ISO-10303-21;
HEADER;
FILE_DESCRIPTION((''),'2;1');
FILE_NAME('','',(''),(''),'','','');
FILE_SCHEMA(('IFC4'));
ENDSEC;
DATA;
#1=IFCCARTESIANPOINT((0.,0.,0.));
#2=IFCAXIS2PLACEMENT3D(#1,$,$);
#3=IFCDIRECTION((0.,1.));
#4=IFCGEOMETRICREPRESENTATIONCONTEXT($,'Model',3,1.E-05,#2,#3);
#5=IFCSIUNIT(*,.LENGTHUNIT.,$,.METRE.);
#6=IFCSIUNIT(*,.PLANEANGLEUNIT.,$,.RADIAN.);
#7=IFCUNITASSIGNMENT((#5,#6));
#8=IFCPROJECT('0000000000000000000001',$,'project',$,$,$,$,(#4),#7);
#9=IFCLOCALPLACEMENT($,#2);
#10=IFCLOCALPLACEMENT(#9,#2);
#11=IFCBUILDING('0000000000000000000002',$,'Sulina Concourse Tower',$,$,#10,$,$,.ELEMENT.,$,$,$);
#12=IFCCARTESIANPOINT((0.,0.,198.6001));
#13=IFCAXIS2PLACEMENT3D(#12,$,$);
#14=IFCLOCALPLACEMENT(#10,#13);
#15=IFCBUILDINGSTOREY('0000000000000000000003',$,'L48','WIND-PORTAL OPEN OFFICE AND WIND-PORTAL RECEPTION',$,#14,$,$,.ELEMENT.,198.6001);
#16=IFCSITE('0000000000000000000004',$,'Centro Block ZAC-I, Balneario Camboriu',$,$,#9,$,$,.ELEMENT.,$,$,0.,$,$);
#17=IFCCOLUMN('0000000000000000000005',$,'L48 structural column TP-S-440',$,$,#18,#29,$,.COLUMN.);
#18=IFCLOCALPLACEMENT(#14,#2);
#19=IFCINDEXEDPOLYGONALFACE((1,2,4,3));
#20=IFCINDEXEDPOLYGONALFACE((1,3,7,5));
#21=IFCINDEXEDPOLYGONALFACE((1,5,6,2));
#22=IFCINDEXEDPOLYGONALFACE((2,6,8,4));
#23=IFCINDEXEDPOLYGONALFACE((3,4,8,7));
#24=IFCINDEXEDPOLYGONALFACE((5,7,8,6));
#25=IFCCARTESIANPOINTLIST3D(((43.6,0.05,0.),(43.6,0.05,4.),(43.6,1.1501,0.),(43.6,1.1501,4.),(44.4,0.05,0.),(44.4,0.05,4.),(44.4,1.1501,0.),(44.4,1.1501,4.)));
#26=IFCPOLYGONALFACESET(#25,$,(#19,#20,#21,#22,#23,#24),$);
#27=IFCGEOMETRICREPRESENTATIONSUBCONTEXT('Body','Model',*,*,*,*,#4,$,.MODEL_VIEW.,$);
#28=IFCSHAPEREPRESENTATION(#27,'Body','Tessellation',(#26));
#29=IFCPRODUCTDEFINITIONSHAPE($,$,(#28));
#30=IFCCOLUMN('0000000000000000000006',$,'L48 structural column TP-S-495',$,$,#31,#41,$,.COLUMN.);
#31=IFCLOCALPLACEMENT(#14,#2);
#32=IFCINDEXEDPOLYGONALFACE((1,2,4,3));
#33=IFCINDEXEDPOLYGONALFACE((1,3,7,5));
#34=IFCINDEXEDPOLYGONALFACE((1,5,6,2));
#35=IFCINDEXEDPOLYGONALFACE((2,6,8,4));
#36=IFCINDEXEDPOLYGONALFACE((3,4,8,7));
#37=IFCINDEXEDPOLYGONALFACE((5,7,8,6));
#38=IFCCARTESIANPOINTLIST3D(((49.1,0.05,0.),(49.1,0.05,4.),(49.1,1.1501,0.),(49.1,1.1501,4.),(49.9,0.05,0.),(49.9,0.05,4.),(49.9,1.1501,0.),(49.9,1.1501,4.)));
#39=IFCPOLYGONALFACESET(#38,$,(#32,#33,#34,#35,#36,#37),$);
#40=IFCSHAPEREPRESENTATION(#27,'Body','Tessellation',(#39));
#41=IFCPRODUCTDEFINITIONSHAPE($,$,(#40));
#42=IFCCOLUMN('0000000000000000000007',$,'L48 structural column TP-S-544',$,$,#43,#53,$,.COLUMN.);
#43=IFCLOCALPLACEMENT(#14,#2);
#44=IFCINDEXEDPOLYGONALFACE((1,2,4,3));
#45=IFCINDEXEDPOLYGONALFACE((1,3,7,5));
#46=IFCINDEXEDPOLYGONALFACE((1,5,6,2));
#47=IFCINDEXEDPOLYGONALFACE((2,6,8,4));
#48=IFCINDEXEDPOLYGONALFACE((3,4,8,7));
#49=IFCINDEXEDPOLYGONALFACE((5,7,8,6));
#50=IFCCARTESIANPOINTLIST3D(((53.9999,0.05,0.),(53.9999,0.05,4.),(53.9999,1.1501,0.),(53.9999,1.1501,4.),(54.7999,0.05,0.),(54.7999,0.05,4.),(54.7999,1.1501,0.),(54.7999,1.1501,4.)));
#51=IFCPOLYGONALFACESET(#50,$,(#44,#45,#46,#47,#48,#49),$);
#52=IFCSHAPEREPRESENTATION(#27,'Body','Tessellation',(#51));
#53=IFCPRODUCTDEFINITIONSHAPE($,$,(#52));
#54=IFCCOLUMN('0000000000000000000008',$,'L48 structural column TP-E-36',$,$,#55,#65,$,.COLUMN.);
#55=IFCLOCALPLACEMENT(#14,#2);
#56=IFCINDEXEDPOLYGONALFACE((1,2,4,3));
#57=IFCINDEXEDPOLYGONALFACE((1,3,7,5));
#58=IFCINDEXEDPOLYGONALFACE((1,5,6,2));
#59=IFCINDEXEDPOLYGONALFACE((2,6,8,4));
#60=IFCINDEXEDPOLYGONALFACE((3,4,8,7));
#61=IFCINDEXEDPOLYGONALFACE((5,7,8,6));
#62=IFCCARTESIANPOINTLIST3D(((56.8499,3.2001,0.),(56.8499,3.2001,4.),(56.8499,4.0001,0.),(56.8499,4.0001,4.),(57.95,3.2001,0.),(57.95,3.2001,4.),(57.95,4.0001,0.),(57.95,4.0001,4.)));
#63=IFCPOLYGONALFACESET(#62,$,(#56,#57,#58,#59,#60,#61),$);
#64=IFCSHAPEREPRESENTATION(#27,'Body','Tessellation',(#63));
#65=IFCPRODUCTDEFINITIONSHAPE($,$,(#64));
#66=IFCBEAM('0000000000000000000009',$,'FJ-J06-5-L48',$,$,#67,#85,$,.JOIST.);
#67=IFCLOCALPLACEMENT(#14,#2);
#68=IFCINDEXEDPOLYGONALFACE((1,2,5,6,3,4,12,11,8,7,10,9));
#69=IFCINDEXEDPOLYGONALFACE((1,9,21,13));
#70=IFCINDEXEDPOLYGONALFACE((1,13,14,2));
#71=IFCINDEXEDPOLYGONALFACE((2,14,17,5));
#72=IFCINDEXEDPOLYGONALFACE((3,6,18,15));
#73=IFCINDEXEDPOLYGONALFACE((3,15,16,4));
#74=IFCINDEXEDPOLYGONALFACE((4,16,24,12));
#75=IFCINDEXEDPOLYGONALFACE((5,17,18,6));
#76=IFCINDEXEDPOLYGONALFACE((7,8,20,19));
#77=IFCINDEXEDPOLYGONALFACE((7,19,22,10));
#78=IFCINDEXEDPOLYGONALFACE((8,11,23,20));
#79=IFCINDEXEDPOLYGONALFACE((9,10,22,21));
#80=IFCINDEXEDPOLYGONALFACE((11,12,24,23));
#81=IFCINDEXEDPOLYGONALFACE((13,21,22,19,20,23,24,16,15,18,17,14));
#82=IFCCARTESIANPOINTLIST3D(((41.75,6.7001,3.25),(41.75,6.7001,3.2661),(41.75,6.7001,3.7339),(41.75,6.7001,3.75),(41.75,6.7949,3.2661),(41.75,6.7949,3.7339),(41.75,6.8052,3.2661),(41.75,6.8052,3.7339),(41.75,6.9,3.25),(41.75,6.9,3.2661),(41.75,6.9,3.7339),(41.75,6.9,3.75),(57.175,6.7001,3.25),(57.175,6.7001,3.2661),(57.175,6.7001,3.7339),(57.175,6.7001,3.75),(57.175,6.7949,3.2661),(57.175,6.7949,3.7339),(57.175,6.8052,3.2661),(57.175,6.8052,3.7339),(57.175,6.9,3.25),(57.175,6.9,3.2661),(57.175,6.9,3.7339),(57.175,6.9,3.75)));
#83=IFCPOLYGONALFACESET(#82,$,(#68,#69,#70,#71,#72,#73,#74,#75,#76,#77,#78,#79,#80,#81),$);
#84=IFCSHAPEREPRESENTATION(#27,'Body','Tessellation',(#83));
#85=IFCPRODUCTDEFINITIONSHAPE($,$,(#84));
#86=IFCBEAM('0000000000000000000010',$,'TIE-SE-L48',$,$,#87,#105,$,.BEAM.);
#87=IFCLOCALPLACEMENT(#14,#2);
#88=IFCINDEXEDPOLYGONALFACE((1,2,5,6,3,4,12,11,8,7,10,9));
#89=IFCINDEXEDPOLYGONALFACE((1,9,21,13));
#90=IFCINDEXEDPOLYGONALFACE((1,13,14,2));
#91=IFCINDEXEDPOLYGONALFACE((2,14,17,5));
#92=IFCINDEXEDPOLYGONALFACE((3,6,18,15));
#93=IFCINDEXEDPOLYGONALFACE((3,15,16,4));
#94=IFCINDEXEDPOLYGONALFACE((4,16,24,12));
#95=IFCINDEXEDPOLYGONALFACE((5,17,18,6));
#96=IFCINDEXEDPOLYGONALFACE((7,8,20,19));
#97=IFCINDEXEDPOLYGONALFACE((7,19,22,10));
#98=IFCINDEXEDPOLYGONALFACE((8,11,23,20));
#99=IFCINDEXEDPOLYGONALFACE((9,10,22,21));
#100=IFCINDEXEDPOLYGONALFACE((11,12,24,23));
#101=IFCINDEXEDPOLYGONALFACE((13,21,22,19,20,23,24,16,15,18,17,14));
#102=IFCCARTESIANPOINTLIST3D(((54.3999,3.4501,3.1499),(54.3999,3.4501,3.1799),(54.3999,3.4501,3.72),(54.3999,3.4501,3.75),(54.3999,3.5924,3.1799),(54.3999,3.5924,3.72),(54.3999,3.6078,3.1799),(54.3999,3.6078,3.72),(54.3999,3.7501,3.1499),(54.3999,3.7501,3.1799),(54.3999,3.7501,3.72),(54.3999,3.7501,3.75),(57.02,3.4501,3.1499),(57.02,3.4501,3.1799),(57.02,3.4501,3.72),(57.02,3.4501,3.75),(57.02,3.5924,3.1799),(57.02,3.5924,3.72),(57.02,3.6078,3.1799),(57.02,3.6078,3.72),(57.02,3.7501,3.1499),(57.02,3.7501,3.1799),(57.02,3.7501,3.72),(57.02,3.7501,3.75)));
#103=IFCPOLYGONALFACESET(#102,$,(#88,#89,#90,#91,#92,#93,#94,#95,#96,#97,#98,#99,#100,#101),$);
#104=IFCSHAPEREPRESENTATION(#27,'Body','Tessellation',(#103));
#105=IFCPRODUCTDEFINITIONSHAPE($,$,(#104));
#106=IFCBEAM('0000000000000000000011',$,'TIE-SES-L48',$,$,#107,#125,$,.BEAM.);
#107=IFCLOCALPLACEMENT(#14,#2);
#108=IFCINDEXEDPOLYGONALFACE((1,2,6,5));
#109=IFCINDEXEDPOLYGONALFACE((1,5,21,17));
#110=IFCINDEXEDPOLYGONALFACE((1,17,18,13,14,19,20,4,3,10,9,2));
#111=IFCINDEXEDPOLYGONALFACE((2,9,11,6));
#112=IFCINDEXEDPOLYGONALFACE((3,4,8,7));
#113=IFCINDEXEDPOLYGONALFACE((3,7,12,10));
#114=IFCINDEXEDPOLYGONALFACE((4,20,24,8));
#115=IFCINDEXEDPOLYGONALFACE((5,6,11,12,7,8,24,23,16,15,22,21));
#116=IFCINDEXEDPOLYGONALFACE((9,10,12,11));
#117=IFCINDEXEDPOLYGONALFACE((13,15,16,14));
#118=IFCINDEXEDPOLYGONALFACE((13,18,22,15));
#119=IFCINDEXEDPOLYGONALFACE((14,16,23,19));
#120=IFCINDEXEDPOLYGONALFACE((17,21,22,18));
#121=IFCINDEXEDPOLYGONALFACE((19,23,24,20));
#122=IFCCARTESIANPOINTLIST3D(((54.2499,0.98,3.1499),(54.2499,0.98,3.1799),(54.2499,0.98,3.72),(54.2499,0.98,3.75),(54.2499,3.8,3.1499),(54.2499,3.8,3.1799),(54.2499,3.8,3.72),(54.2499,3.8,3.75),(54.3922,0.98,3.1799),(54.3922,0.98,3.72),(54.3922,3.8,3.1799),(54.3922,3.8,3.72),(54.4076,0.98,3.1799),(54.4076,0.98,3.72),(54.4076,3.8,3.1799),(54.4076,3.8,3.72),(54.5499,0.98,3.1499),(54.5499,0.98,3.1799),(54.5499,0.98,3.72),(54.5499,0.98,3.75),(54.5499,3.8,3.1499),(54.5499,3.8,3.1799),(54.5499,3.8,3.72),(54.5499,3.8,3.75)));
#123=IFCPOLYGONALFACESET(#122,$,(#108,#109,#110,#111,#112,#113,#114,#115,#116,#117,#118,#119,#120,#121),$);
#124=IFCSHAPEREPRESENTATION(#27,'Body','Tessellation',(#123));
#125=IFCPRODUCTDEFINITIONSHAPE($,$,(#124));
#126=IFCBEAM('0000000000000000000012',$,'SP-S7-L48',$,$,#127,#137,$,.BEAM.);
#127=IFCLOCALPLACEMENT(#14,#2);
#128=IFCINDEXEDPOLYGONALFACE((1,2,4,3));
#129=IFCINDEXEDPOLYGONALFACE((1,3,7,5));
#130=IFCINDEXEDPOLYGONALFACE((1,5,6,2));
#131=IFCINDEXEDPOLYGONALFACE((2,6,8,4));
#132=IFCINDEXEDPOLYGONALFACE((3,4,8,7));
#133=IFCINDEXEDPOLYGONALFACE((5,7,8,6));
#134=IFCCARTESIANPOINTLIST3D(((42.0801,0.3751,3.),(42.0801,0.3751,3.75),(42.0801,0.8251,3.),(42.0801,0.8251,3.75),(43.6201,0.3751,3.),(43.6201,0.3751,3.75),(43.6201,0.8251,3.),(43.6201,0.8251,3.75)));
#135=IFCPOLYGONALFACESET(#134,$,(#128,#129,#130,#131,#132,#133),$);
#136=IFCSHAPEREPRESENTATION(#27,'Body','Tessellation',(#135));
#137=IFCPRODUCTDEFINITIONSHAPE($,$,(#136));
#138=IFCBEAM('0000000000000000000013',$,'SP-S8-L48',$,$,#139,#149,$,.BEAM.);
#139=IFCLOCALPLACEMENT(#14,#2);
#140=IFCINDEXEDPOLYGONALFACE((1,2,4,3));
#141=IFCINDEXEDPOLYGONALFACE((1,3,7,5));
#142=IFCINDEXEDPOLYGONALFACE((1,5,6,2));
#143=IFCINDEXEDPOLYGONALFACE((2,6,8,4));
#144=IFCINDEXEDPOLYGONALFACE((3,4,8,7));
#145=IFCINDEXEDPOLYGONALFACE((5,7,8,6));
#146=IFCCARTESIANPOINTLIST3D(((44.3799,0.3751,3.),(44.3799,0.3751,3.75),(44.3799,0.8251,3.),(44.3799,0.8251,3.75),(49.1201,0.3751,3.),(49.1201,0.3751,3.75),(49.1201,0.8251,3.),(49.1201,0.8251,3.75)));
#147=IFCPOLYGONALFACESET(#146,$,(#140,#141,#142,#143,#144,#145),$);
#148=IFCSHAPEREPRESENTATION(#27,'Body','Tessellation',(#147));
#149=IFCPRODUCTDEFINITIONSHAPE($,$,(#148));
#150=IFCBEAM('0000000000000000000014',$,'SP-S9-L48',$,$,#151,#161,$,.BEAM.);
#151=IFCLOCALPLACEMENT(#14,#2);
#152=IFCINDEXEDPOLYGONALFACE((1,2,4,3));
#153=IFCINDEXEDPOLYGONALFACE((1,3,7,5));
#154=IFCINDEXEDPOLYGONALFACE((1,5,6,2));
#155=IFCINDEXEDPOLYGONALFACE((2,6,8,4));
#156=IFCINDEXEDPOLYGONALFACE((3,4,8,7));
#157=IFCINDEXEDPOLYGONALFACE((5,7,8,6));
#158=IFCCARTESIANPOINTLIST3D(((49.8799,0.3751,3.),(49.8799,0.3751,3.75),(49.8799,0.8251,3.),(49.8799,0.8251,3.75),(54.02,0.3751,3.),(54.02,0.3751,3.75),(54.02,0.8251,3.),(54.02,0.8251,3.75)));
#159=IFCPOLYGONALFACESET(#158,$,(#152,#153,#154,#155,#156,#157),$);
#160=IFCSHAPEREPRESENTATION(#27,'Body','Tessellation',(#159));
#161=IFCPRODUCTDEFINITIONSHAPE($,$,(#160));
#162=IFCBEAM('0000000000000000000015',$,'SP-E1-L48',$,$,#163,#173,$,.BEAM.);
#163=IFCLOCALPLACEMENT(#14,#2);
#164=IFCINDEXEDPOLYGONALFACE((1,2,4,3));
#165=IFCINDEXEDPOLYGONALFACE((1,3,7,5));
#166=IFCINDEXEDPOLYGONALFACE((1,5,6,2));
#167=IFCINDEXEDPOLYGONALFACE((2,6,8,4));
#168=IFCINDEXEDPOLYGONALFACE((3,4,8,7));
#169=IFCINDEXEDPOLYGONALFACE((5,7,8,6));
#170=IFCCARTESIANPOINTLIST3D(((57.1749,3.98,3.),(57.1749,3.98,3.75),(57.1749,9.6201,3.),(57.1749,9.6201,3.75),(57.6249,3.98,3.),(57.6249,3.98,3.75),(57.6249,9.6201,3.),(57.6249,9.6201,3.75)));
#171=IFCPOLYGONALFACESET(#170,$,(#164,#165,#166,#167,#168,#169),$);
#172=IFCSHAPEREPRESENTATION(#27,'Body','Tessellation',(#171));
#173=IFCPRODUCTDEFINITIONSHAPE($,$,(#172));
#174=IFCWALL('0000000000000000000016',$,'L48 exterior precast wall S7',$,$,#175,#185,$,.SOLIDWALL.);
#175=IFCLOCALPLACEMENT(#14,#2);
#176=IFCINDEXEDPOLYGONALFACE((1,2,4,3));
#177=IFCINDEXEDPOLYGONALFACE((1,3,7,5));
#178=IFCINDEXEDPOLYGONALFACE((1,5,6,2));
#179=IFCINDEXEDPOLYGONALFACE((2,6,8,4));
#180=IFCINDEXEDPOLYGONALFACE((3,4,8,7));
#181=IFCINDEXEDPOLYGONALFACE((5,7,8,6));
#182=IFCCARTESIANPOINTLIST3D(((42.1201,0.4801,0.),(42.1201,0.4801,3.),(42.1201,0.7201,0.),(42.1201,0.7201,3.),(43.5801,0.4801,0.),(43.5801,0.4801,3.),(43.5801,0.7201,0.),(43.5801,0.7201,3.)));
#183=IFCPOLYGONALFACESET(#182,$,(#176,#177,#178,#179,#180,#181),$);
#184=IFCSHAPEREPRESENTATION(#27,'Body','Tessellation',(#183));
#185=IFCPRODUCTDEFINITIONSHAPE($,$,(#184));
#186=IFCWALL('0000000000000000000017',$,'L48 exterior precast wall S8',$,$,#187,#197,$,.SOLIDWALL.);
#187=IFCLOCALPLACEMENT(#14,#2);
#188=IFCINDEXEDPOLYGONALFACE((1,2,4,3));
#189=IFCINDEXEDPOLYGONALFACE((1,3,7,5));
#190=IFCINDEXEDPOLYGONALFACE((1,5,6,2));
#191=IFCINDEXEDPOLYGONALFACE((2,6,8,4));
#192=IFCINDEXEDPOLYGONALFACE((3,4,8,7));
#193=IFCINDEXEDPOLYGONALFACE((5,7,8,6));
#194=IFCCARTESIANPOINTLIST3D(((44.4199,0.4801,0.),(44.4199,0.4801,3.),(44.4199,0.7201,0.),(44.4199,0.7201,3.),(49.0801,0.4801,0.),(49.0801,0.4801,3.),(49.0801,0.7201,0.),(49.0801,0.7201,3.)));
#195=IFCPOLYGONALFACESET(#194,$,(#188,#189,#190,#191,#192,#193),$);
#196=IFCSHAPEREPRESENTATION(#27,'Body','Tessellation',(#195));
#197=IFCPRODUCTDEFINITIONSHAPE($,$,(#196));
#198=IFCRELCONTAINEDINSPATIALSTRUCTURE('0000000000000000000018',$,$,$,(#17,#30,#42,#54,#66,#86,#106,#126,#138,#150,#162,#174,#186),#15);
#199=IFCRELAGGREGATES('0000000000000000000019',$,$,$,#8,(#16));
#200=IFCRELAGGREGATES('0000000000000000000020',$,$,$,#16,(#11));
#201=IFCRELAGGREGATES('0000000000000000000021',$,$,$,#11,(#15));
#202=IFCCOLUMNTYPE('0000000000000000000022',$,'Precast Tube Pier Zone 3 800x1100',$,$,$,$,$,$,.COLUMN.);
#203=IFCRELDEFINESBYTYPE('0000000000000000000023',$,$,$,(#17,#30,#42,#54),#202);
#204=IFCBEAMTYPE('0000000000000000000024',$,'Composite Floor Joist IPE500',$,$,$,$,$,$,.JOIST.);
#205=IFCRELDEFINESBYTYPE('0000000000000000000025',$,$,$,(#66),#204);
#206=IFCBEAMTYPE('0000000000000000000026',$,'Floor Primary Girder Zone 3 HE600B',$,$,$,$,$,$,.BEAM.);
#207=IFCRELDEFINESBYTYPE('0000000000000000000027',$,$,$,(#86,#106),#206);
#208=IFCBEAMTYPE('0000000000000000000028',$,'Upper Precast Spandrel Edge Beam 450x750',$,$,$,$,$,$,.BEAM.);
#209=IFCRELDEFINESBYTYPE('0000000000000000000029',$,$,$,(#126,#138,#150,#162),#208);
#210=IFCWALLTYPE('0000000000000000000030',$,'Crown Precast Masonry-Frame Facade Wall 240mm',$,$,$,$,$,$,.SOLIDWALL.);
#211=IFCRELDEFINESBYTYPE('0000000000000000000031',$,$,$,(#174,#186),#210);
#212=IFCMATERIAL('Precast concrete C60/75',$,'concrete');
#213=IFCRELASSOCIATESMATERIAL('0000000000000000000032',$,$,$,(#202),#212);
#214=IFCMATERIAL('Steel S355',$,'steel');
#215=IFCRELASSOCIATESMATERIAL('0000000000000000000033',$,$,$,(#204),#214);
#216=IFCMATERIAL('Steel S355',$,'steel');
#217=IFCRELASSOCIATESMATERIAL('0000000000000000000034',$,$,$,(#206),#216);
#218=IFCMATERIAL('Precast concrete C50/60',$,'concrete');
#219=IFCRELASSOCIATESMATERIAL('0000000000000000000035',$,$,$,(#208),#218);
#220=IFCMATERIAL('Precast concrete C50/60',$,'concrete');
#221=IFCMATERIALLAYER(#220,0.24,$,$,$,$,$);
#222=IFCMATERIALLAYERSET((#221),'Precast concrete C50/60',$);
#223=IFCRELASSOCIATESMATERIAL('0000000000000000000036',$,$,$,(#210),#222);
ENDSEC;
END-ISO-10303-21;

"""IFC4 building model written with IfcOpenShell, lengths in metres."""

from ifc_helpers import new_model, si_unit, direction, frame, frame_2d, origin, origin_2d, place, context, subcontext, project, spatial, rectangle, i_section, extrude, material, layer, layer_set, material_profile, profile_set, type_object, element, save


model = new_model("IFC4")

# Units and contexts
model_context = context("Model", 3, precision=1e-05, world=origin(), true_north=direction((0.0, 1.0)))
body_context = subcontext(model_context, "Body", "Model", "MODEL_VIEW")
ifc_project = project(units=[si_unit("LENGTHUNIT", "METRE"), si_unit("PLANEANGLEUNIT", "RADIAN")], contexts=[model_context])

# Site, building, storey
site_placement = place(None, origin())
site = spatial("IfcSite", under=ifc_project, at=site_placement, Name="Centro Block ZAC-I, Balneario Camboriu", CompositionType="ELEMENT", RefElevation=0.0)
building_placement = place(site_placement, origin())
building = spatial("IfcBuilding", under=site, at=building_placement, Name="Sulina Concourse Tower", CompositionType="ELEMENT")
storey_placement = place(building_placement, frame((0.0, 0.0, 198.6001)))
storey = spatial("IfcBuildingStorey", under=building, at=storey_placement, Name="L48", Description="WIND-PORTAL OPEN OFFICE AND WIND-PORTAL RECEPTION", CompositionType="ELEMENT", Elevation=198.6001)

# Columns
ifc_material_1 = material(Name="Precast concrete C60/75", Category="concrete")
ifc_material_profile_1 = material_profile(ifc_material_1, rectangle(XDim=0.8, YDim=1.1001, at=origin_2d()), Name="PC 800x1100")
ifc_profile_set_1 = profile_set([ifc_material_profile_1], Name="Precast concrete C60/75")
column_type = type_object("IfcColumnType", Name="Precast Tube Pier Zone 3 800x1100", PredefinedType="COLUMN", material=ifc_profile_set_1)
for number, where, z_axis, x_axis, name in (
    (1, (44.0, 0.6001, 0.0), (0.0, 0.0, 1.0), (1.0, 0.0, 0.0), "L48 structural column TP-S-440"),
    (2, (49.5, 0.6001, 0.0), (0.0, 0.0, 1.0), (1.0, 0.0, 0.0), "L48 structural column TP-S-495"),
    (3, (54.3999, 0.6001, 0.0), (0.0, 0.0, 1.0), (1.0, 0.0, 0.0), "L48 structural column TP-S-544"),
    (4, (57.3999, 3.6001, 0.0), (0.0, 0.0, 1.0), (0.0, 1.0, 0.0), "L48 structural column TP-E-36"),
):
    element("IfcColumn", number, at=place(storey_placement, frame(where, z_axis=z_axis, x_axis=x_axis)), inside=storey, type_object=column_type, Name=name, PredefinedType="COLUMN", context=body_context, shape_type="SweptSolid", body=[
        extrude(rectangle(XDim=0.8, YDim=1.1001, at=origin_2d()), origin(), (0.0, 0.0, 1.0), 4.0),
    ])

# Beams
ifc_material_2 = material(Name="Steel S355", Category="steel")
ifc_material_profile_2 = material_profile(ifc_material_2, i_section(OverallWidth=0.2, OverallDepth=0.5, WebThickness=0.0103, FlangeThickness=0.0161, at=origin_2d()), Name="IPE 500")
ifc_profile_set_2 = profile_set([ifc_material_profile_2], Name="Steel S355")
beam_type_1 = type_object("IfcBeamType", Name="Composite Floor Joist IPE500", PredefinedType="JOIST", material=ifc_profile_set_2)
beam_1_placement = place(storey_placement, frame((41.75, 6.8, 3.5), z_axis=(1.0, 0.0, 0.0), x_axis=(0.0, 1.0, 0.0)))
element("IfcBeam", 5, at=beam_1_placement, inside=storey, type_object=beam_type_1, Name="FJ-J06-5-L48", PredefinedType="JOIST", context=body_context, shape_type="SweptSolid", body=[
    extrude(i_section(OverallWidth=0.2, OverallDepth=0.5, WebThickness=0.0103, FlangeThickness=0.0161, at=origin_2d()), origin(), (0.0, 0.0, 1.0), 15.425),
])
ifc_material_3 = material(Name="Steel S355", Category="steel")
ifc_material_profile_3 = material_profile(ifc_material_3, i_section(OverallWidth=0.3, OverallDepth=0.6001, WebThickness=0.0154, FlangeThickness=0.03, at=origin_2d()), Name="HE 600 B")
ifc_profile_set_3 = profile_set([ifc_material_profile_3], Name="Steel S355")
beam_type_2 = type_object("IfcBeamType", Name="Floor Primary Girder Zone 3 HE600B", PredefinedType="BEAM", material=ifc_profile_set_3)
beam_2_placement = place(storey_placement, frame((54.3999, 3.6001, 3.45), z_axis=(1.0, 0.0, 0.0), x_axis=(0.0, 1.0, 0.0)))
element("IfcBeam", 6, at=beam_2_placement, inside=storey, type_object=beam_type_2, Name="TIE-SE-L48", PredefinedType="BEAM", context=body_context, shape_type="SweptSolid", body=[
    extrude(i_section(OverallWidth=0.3, OverallDepth=0.6001, WebThickness=0.0154, FlangeThickness=0.03, at=origin_2d()), origin(), (0.0, 0.0, 1.0), 2.6201),
])
beam_3_placement = place(storey_placement, frame((54.3999, 0.98, 3.45), z_axis=(0.0, 1.0, 0.0), x_axis=(-1.0, 0.0, 0.0)))
element("IfcBeam", 7, at=beam_3_placement, inside=storey, type_object=beam_type_2, Name="TIE-SES-L48", PredefinedType="BEAM", context=body_context, shape_type="SweptSolid", body=[
    extrude(i_section(OverallWidth=0.3, OverallDepth=0.6001, WebThickness=0.0154, FlangeThickness=0.03, at=origin_2d()), origin(), (0.0, 0.0, 1.0), 2.8201),
])
ifc_material_4 = material(Name="Precast concrete C50/60", Category="concrete")
ifc_material_profile_4 = material_profile(ifc_material_4, rectangle(XDim=0.45, YDim=0.75, at=origin_2d()), Name="RC 450x750")
ifc_profile_set_4 = profile_set([ifc_material_profile_4], Name="Precast concrete C50/60")
beam_type_3 = type_object("IfcBeamType", Name="Upper Precast Spandrel Edge Beam 450x750", PredefinedType="BEAM", material=ifc_profile_set_4)
beam_4_placement = place(storey_placement, frame((42.0801, 0.6001, 3.375), z_axis=(1.0, 0.0, 0.0), x_axis=(0.0, 1.0, 0.0)))
element("IfcBeam", 8, at=beam_4_placement, inside=storey, type_object=beam_type_3, Name="SP-S7-L48", PredefinedType="BEAM", context=body_context, shape_type="SweptSolid", body=[
    extrude(rectangle(XDim=0.45, YDim=0.75, at=origin_2d()), origin(), (0.0, 0.0, 1.0), 1.54),
])
beam_5_placement = place(storey_placement, frame((44.3799, 0.6001, 3.375), z_axis=(1.0, 0.0, 0.0), x_axis=(0.0, 1.0, 0.0)))
element("IfcBeam", 9, at=beam_5_placement, inside=storey, type_object=beam_type_3, Name="SP-S8-L48", PredefinedType="BEAM", context=body_context, shape_type="SweptSolid", body=[
    extrude(rectangle(XDim=0.45, YDim=0.75, at=origin_2d()), origin(), (0.0, 0.0, 1.0), 4.7402),
])
beam_6_placement = place(storey_placement, frame((49.8799, 0.6001, 3.375), z_axis=(1.0, 0.0, 0.0), x_axis=(0.0, 1.0, 0.0)))
element("IfcBeam", 10, at=beam_6_placement, inside=storey, type_object=beam_type_3, Name="SP-S9-L48", PredefinedType="BEAM", context=body_context, shape_type="SweptSolid", body=[
    extrude(rectangle(XDim=0.45, YDim=0.75, at=origin_2d()), origin(), (0.0, 0.0, 1.0), 4.1401),
])
beam_7_placement = place(storey_placement, frame((57.3999, 3.98, 3.375), z_axis=(0.0, 1.0, 0.0), x_axis=(-1.0, 0.0, 0.0)))
element("IfcBeam", 11, at=beam_7_placement, inside=storey, type_object=beam_type_3, Name="SP-E1-L48", PredefinedType="BEAM", context=body_context, shape_type="SweptSolid", body=[
    extrude(rectangle(XDim=0.45, YDim=0.75, at=origin_2d()), origin(), (0.0, 0.0, 1.0), 5.6401),
])

# Walls
ifc_material_5 = material(Name="Precast concrete C50/60", Category="concrete")
ifc_layer_1 = layer(ifc_material_5, 0.24)
ifc_layer_set_1 = layer_set([ifc_layer_1], Name="Precast concrete C50/60")
wall_type_1 = type_object("IfcWallType", Name="Crown Precast Masonry-Frame Facade Wall 240mm", PredefinedType="SOLIDWALL", material=ifc_layer_set_1)
wall_1_placement = place(storey_placement, frame((43.5801, 0.6001, 0.0), z_axis=(0.0, 0.0, 1.0), x_axis=(-1.0, 0.0, 0.0)))
element("IfcWall", 12, at=wall_1_placement, inside=storey, type_object=wall_type_1, Name="L48 exterior precast wall S7", PredefinedType="SOLIDWALL", context=body_context, shape_type="SweptSolid", body=[
    extrude(rectangle(XDim=1.46, YDim=0.24, at=frame_2d((0.73, 0.0))), origin(), (0.0, 0.0, 1.0), 3.0),
])
wall_2_placement = place(storey_placement, frame((49.0801, 0.6001, 0.0), z_axis=(0.0, 0.0, 1.0), x_axis=(-1.0, 0.0, 0.0)))
element("IfcWall", 13, at=wall_2_placement, inside=storey, type_object=wall_type_1, Name="L48 exterior precast wall S8", PredefinedType="SOLIDWALL", context=body_context, shape_type="SweptSolid", body=[
    extrude(rectangle(XDim=4.6602, YDim=0.24, at=frame_2d((2.3301, 0.0))), origin(), (0.0, 0.0, 1.0), 3.0),
])

save(model, "model.ifc")
